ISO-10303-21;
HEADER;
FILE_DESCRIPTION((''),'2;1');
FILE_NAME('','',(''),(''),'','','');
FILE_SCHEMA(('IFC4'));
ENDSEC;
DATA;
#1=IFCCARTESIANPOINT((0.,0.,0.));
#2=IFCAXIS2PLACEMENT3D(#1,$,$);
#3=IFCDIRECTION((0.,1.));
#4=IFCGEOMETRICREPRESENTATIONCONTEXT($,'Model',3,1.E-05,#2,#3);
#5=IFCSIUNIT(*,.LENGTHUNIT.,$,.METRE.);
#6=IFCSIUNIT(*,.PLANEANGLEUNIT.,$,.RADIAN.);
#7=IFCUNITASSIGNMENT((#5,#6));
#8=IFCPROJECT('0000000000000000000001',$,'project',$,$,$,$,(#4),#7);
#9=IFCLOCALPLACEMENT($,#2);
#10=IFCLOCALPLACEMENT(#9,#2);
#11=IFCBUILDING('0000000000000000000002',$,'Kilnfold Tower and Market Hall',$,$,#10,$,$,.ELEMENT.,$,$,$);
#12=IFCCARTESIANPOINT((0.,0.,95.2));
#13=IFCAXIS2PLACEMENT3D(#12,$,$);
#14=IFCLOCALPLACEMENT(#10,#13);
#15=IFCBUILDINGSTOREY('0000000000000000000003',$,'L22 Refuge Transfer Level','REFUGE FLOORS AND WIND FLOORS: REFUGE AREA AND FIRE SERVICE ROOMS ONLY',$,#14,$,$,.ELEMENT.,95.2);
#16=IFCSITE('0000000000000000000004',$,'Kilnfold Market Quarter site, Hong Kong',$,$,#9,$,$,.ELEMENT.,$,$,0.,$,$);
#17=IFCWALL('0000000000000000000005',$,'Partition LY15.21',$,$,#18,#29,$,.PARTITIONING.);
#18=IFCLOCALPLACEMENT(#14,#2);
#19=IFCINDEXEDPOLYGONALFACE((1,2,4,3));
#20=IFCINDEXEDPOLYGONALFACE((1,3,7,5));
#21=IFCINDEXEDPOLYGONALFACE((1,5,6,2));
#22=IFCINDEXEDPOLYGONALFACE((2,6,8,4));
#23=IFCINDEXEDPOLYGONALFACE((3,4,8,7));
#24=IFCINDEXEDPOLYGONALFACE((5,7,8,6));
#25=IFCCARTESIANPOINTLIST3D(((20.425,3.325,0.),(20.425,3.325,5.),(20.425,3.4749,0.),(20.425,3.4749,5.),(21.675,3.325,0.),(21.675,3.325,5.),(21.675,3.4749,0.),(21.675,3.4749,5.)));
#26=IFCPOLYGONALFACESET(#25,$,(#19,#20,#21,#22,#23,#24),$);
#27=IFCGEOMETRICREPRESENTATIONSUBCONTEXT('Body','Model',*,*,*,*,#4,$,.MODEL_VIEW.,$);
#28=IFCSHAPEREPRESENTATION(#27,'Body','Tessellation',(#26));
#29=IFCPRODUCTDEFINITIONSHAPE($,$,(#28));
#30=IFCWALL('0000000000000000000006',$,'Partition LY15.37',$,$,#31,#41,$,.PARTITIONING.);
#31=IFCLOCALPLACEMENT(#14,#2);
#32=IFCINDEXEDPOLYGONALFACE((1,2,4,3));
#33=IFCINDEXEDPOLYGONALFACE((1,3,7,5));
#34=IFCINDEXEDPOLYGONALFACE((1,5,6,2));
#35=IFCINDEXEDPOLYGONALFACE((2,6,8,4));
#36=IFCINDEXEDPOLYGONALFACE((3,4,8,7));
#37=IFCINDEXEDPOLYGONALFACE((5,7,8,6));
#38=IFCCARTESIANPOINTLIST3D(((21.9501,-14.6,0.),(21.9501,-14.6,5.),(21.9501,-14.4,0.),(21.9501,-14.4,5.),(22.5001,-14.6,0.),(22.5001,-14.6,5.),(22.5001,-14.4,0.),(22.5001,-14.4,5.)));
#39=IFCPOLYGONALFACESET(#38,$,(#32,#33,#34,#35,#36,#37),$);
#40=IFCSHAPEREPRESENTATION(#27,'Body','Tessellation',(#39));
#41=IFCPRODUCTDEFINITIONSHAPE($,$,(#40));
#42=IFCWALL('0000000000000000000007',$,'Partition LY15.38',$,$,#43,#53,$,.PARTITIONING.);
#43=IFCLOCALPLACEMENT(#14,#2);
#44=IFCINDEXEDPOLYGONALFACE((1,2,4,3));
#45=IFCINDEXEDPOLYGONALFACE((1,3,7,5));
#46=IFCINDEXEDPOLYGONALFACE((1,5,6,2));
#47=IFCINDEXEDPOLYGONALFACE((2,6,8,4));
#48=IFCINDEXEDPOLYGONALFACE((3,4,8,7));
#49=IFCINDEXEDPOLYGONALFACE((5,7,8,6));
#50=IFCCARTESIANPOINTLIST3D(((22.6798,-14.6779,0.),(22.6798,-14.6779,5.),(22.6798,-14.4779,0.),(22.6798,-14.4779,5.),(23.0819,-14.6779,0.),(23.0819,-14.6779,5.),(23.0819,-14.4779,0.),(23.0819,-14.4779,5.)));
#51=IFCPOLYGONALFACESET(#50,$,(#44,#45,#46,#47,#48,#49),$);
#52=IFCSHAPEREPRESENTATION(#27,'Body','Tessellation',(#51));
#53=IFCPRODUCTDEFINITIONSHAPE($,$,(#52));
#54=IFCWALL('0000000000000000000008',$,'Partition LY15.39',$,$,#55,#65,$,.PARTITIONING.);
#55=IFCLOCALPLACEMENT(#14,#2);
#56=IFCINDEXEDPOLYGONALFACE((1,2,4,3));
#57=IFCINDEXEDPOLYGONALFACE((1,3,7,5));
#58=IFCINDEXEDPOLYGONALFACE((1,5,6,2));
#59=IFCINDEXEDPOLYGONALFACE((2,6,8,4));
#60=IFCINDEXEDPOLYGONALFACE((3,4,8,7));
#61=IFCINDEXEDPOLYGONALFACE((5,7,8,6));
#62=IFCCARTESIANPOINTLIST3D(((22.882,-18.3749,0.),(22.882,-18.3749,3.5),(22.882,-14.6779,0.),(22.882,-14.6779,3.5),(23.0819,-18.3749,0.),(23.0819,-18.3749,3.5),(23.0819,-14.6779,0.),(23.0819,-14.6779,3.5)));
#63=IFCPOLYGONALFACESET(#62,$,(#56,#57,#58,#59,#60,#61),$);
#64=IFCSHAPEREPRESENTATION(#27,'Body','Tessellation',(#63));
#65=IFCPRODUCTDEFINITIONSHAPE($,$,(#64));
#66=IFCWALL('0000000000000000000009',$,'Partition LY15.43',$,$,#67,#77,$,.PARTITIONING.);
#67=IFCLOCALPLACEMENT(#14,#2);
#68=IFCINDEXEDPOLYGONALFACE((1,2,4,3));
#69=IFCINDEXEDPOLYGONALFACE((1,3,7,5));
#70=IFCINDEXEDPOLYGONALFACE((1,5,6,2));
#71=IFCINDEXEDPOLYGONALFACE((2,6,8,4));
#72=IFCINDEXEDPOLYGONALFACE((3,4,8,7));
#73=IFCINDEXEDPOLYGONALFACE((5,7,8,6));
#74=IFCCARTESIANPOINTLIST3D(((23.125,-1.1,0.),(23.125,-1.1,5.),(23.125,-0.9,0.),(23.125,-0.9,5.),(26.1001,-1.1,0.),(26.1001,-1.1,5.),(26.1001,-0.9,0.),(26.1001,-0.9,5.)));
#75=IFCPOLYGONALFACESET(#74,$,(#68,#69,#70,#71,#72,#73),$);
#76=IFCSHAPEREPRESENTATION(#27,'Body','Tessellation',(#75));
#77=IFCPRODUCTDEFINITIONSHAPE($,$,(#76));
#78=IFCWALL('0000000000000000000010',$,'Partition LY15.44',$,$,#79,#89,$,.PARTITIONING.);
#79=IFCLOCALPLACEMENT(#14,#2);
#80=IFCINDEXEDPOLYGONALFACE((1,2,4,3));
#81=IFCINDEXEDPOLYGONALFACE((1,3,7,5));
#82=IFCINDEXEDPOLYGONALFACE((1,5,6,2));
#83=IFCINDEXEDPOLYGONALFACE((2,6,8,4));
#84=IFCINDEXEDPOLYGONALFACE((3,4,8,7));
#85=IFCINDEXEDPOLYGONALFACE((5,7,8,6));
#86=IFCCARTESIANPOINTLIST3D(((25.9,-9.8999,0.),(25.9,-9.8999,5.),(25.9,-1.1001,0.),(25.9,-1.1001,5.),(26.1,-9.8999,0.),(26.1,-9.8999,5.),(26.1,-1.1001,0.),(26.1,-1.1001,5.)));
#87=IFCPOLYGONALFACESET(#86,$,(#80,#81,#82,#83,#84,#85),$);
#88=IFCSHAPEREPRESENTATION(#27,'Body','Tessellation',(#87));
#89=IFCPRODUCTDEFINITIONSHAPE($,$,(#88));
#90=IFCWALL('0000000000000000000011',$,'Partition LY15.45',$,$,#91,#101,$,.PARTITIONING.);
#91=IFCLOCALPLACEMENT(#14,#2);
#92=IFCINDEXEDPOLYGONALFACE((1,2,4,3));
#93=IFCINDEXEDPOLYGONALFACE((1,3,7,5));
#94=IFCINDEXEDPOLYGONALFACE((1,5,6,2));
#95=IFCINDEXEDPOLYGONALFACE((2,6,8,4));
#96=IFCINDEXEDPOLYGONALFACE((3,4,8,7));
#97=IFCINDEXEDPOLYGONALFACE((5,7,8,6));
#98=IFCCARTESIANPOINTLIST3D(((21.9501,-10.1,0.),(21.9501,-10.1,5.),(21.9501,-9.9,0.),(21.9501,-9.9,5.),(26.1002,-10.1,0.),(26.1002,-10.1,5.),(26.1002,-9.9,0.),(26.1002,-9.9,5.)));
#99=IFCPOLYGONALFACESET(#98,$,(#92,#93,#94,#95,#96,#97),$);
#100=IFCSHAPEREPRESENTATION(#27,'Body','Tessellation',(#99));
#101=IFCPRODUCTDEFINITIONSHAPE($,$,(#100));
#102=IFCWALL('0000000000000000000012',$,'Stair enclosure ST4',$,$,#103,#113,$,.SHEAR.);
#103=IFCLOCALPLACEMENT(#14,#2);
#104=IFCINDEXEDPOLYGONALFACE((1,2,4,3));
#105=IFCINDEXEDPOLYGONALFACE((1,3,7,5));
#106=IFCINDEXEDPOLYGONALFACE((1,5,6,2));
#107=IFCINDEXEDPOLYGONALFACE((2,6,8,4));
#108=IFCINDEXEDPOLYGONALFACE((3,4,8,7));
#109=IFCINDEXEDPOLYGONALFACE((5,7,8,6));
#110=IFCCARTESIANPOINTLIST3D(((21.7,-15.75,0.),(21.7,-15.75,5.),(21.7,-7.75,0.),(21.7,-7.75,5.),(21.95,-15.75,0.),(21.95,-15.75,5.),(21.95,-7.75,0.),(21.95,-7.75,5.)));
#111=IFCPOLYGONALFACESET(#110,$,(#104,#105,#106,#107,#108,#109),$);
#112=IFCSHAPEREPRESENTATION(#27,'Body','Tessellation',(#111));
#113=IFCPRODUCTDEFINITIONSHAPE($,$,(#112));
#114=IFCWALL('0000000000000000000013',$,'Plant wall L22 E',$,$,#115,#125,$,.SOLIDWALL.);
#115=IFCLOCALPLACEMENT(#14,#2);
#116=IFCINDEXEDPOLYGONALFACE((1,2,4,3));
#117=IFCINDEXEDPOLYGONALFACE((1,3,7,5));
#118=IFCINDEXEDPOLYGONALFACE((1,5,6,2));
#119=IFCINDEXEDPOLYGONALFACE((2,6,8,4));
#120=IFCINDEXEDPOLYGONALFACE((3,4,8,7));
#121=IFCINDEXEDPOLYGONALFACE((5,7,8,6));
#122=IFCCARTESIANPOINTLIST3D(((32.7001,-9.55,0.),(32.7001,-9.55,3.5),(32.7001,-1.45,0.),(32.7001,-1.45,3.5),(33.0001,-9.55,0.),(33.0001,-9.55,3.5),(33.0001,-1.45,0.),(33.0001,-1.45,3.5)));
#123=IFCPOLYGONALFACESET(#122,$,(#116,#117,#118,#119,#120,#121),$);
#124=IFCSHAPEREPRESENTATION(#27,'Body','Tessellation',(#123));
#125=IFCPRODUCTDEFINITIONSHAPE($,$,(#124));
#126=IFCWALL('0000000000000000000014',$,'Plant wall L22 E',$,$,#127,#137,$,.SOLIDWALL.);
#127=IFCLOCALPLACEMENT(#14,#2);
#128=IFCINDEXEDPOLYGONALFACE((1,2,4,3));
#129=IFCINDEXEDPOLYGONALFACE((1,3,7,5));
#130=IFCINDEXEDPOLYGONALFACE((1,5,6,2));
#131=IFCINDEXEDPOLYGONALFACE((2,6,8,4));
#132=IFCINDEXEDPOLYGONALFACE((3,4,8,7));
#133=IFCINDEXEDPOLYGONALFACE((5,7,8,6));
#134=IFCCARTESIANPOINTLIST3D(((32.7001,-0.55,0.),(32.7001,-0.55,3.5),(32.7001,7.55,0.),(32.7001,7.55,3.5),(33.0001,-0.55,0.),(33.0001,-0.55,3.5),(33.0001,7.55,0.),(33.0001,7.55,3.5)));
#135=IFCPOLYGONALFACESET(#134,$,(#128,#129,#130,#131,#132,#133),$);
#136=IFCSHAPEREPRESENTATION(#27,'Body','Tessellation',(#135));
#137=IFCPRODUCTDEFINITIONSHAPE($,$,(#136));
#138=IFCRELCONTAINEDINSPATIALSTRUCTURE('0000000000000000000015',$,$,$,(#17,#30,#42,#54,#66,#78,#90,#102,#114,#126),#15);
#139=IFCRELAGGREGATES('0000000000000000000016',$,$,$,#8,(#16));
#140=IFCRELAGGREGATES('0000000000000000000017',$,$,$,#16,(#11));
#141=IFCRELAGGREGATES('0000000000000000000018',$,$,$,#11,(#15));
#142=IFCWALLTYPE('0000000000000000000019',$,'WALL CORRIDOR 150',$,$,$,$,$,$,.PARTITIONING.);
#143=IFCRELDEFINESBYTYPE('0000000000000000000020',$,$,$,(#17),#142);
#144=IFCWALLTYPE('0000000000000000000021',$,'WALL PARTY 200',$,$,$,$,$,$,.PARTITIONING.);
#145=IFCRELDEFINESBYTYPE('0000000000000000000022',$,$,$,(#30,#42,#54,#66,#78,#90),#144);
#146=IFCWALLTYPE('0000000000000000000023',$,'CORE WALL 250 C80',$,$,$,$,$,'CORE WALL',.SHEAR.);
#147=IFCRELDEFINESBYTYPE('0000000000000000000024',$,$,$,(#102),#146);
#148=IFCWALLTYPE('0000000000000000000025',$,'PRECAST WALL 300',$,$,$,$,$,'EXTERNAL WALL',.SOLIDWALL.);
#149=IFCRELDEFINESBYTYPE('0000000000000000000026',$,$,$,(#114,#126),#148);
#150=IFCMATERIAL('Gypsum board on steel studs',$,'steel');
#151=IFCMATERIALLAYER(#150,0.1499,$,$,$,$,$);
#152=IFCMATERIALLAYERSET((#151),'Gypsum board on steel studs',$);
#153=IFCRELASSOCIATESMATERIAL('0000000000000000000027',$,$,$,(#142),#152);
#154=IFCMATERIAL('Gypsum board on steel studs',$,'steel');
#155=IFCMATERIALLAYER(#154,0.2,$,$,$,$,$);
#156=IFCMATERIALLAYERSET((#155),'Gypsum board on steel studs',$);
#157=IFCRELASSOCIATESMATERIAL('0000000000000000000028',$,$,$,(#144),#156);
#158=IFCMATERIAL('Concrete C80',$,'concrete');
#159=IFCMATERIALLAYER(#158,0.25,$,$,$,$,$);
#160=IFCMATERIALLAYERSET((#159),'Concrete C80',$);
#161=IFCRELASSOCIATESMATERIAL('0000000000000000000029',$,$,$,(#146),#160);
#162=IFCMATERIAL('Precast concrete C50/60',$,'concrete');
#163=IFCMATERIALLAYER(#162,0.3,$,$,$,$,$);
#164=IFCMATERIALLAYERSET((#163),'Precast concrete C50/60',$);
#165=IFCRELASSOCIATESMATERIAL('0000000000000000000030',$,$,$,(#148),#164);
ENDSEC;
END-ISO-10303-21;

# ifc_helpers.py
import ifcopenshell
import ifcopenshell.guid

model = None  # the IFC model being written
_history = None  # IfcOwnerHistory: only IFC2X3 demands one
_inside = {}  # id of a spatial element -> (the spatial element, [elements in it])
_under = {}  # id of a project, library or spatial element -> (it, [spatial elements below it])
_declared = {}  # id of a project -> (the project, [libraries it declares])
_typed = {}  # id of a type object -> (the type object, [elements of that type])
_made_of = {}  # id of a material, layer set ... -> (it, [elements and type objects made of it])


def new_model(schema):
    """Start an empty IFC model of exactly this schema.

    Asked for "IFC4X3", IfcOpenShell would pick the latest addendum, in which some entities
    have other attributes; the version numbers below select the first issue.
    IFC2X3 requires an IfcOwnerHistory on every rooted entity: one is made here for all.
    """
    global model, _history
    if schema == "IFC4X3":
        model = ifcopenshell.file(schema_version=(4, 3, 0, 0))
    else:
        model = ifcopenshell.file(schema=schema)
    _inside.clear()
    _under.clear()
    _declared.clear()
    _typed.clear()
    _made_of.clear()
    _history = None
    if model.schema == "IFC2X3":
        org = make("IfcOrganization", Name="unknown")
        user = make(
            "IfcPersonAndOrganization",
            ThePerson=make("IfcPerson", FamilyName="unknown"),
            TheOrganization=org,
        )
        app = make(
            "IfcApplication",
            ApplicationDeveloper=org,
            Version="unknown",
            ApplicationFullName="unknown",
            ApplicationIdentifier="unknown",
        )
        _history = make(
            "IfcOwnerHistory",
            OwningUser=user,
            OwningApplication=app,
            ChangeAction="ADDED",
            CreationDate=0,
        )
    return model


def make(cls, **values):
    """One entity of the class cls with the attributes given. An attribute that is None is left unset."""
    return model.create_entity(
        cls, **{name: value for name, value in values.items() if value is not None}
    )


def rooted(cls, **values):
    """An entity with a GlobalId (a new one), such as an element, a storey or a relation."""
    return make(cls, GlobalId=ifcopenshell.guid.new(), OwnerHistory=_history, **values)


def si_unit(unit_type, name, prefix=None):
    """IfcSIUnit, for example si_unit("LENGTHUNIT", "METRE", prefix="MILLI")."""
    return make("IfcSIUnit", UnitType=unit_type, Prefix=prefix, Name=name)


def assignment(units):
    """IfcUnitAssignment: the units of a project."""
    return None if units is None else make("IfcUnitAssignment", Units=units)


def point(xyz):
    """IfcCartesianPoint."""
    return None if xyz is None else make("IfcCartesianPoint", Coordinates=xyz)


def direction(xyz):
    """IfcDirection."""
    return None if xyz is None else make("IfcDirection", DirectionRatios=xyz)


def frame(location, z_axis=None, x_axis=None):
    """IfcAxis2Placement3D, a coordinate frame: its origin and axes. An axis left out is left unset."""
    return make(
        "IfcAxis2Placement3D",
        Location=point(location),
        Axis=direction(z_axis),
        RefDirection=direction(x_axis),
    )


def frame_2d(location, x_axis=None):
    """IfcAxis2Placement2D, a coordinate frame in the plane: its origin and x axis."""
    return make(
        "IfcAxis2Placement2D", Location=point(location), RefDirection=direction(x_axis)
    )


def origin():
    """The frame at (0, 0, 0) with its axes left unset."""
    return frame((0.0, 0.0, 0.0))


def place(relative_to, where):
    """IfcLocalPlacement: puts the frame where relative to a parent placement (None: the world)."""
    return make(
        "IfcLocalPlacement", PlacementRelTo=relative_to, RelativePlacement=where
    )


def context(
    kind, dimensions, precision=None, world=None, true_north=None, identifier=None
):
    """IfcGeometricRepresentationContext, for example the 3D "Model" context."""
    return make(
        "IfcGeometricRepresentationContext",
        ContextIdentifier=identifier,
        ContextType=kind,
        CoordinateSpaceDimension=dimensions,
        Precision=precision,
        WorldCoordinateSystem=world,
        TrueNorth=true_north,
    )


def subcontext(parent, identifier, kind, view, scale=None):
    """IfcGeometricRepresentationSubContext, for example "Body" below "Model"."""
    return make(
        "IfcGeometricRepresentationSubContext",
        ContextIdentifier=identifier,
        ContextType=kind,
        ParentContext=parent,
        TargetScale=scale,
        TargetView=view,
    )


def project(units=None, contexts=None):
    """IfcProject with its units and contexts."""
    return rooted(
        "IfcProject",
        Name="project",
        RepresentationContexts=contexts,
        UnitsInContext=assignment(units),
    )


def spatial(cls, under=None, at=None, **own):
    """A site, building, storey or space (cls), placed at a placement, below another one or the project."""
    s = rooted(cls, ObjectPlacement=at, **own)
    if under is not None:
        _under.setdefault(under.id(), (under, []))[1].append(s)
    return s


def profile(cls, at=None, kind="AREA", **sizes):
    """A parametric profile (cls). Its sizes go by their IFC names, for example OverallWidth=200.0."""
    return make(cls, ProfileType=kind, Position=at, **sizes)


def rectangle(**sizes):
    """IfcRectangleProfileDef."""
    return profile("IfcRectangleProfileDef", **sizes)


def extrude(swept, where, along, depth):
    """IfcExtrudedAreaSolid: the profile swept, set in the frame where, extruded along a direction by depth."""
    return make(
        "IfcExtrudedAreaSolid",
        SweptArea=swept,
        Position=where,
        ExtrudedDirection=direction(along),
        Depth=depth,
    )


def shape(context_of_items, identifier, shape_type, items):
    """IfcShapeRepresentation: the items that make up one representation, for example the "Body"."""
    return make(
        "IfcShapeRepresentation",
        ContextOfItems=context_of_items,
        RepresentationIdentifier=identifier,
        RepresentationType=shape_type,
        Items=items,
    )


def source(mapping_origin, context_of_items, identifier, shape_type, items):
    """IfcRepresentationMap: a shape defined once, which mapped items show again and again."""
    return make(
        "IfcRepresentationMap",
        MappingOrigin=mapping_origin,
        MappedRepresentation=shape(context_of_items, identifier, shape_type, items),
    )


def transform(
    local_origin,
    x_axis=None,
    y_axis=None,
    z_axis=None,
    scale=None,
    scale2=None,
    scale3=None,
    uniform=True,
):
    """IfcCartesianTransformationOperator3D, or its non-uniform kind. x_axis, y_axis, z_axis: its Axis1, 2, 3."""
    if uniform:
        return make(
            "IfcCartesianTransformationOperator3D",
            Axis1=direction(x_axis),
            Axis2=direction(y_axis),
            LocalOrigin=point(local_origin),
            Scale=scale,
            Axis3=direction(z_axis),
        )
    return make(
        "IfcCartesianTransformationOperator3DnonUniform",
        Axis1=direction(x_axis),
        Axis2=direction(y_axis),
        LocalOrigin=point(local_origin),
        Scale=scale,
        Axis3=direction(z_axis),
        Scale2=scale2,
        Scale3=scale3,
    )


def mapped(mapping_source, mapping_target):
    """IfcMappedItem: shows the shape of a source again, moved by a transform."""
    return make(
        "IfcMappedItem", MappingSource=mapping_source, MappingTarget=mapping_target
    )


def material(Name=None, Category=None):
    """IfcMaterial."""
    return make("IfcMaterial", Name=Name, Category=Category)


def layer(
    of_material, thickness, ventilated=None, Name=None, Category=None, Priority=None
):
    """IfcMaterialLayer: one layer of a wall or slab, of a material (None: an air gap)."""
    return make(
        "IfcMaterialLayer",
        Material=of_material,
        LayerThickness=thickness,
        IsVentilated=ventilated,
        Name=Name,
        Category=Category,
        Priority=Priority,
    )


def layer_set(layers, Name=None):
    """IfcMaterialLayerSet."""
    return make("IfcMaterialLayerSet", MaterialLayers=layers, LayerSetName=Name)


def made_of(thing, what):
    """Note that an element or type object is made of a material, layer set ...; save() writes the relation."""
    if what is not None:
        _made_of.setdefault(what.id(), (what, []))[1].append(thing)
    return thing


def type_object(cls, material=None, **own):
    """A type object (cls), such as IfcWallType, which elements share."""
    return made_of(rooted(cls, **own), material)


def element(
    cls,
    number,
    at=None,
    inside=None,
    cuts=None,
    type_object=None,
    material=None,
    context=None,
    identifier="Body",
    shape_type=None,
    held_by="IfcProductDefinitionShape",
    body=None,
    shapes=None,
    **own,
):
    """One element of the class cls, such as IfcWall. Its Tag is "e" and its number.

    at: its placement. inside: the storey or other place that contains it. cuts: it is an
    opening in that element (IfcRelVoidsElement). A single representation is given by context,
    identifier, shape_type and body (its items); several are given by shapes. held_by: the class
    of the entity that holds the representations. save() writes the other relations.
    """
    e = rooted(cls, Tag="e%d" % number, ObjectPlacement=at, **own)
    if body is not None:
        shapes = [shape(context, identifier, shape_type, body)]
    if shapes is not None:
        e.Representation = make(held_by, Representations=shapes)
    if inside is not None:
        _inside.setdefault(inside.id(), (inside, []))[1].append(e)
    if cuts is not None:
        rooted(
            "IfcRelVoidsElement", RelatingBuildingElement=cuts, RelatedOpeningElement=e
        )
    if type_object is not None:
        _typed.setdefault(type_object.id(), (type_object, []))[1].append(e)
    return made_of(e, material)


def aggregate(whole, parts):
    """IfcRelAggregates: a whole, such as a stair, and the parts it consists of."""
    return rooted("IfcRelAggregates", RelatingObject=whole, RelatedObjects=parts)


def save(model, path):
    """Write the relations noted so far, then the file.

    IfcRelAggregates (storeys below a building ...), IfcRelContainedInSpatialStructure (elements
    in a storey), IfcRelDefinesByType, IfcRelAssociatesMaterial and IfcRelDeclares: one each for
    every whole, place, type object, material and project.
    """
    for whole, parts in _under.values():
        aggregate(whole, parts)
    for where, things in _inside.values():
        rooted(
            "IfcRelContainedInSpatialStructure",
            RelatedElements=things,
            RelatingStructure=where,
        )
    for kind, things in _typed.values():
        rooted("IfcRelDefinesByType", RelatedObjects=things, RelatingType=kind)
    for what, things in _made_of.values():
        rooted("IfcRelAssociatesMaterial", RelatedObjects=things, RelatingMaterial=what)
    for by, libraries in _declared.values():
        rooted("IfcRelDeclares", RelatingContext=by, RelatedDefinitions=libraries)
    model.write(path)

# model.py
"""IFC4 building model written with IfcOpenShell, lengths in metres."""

from ifc_helpers import new_model, si_unit, direction, frame, frame_2d, origin, place, context, subcontext, project, spatial, rectangle, extrude, source, transform, mapped, material, layer, layer_set, type_object, element, save


model = new_model("IFC4")

# Units and contexts
model_context = context("Model", 3, precision=1e-05, world=origin(), true_north=direction((0.0, 1.0)))
body_context = subcontext(model_context, "Body", "Model", "MODEL_VIEW")
ifc_project = project(units=[si_unit("LENGTHUNIT", "METRE"), si_unit("PLANEANGLEUNIT", "RADIAN")], contexts=[model_context])

# Site, building, storey
site_placement = place(None, origin())
site = spatial("IfcSite", under=ifc_project, at=site_placement, Name="Kilnfold Market Quarter site, Hong Kong", CompositionType="ELEMENT", RefElevation=0.0)
building_placement = place(site_placement, origin())
building = spatial("IfcBuilding", under=site, at=building_placement, Name="Kilnfold Tower and Market Hall", CompositionType="ELEMENT")
storey_placement = place(building_placement, frame((0.0, 0.0, 95.2)))
storey = spatial("IfcBuildingStorey", under=building, at=storey_placement, Name="L22 Refuge Transfer Level", Description="REFUGE FLOORS AND WIND FLOORS: REFUGE AREA AND FIRE SERVICE ROOMS ONLY", CompositionType="ELEMENT", Elevation=95.2)

# Shared definitions
ifc_material_1 = material(Name="Gypsum board on steel studs", Category="steel")
ifc_layer_1 = layer(ifc_material_1, 0.1499)
ifc_layer_set_1 = layer_set([ifc_layer_1], Name="Gypsum board on steel studs")
wall_type_1 = type_object("IfcWallType", Name="WALL CORRIDOR 150", PredefinedType="PARTITIONING", material=ifc_layer_set_1)

# Walls
wall_1_placement = place(storey_placement, frame((21.675, 3.3999, 0.0), z_axis=(0.0, 0.0, 1.0), x_axis=(-1.0, 0.0, 0.0)))
element("IfcWall", 1, at=wall_1_placement, inside=storey, type_object=wall_type_1, Name="Partition LY15.21", PredefinedType="PARTITIONING", context=body_context, shape_type="SweptSolid", body=[
    extrude(rectangle(XDim=1.25, YDim=0.1499, at=frame_2d((0.625, 0.0))), origin(), (0.0, 0.0, 1.0), 5.0),
])
ifc_material_2 = material(Name="Gypsum board on steel studs", Category="steel")
ifc_layer_2 = layer(ifc_material_2, 0.2)
ifc_layer_set_2 = layer_set([ifc_layer_2], Name="Gypsum board on steel studs")
wall_type_2 = type_object("IfcWallType", Name="WALL PARTY 200", PredefinedType="PARTITIONING", material=ifc_layer_set_2)
wall_2_placement = place(storey_placement, frame((22.5, -14.5, 0.0), z_axis=(0.0, 0.0, 1.0), x_axis=(-1.0, 0.0, 0.0)))
element("IfcWall", 2, at=wall_2_placement, inside=storey, type_object=wall_type_2, Name="Partition LY15.37", PredefinedType="PARTITIONING", context=body_context, shape_type="SweptSolid", body=[
    extrude(rectangle(XDim=0.55, YDim=0.2, at=frame_2d((0.2749, 0.0))), origin(), (0.0, 0.0, 1.0), 5.0),
])
wall_3_placement = place(storey_placement, frame((23.082, -14.5779, 0.0), z_axis=(0.0, 0.0, 1.0), x_axis=(-1.0, 0.0, 0.0)))
element("IfcWall", 3, at=wall_3_placement, inside=storey, type_object=wall_type_2, Name="Partition LY15.38", PredefinedType="PARTITIONING", context=body_context, shape_type="SweptSolid", body=[
    extrude(rectangle(XDim=0.4021, YDim=0.2, at=frame_2d((0.2012, 0.0))), origin(), (0.0, 0.0, 1.0), 5.0),
])
wall_4_placement = place(storey_placement, frame((22.9819, -18.375, 0.0), z_axis=(0.0, 0.0, 1.0), x_axis=(0.0, 1.0, 0.0)))
element("IfcWall", 4, at=wall_4_placement, inside=storey, type_object=wall_type_2, Name="Partition LY15.39", PredefinedType="PARTITIONING", context=body_context, shape_type="SweptSolid", body=[
    extrude(rectangle(XDim=3.697, YDim=0.2, at=frame_2d((1.8486, 0.0))), origin(), (0.0, 0.0, 1.0), 3.5),
])
wall_5_placement = place(storey_placement, frame((23.125, -1.0, 0.0), z_axis=(0.0, 0.0, 1.0), x_axis=(1.0, 0.0, 0.0)))
element("IfcWall", 5, at=wall_5_placement, inside=storey, type_object=wall_type_2, Name="Partition LY15.43", PredefinedType="PARTITIONING", context=body_context, shape_type="SweptSolid", body=[
    extrude(rectangle(XDim=2.9751, YDim=0.2, at=frame_2d((1.4875, 0.0))), origin(), (0.0, 0.0, 1.0), 5.0),
])
wall_6_placement = place(storey_placement, frame((26.0, -9.8999, 0.0), z_axis=(0.0, 0.0, 1.0), x_axis=(0.0, 1.0, 0.0)))
element("IfcWall", 6, at=wall_6_placement, inside=storey, type_object=wall_type_2, Name="Partition LY15.44", PredefinedType="PARTITIONING", context=body_context, shape_type="SweptSolid", body=[
    extrude(rectangle(XDim=8.7998, YDim=0.2, at=frame_2d((4.3999, 0.0))), origin(), (0.0, 0.0, 1.0), 5.0),
])
wall_7_placement = place(storey_placement, frame((21.95, -10.0, 0.0), z_axis=(0.0, 0.0, 1.0), x_axis=(1.0, 0.0, 0.0)))
element("IfcWall", 7, at=wall_7_placement, inside=storey, type_object=wall_type_2, Name="Partition LY15.45", PredefinedType="PARTITIONING", context=body_context, shape_type="SweptSolid", body=[
    extrude(rectangle(XDim=4.1501, YDim=0.2, at=frame_2d((2.0752, 0.0))), origin(), (0.0, 0.0, 1.0), 5.0),
])
ifc_material_3 = material(Name="Concrete C80", Category="concrete")
ifc_layer_3 = layer(ifc_material_3, 0.25)
ifc_layer_set_3 = layer_set([ifc_layer_3], Name="Concrete C80")
wall_type_3 = type_object("IfcWallType", Name="CORE WALL 250 C80", ElementType="CORE WALL", PredefinedType="SHEAR", material=ifc_layer_set_3)
shared_shape_1 = source(origin(), body_context, "Body", "SweptSolid", [
    extrude(rectangle(XDim=8.0, YDim=0.25, at=frame_2d((4.0, 0.0))), origin(), (0.0, 0.0, 1.0), 5.0),
])
wall_8_placement = place(storey_placement, frame((21.825, -15.75, 0.0), z_axis=(0.0, 0.0, 1.0), x_axis=(0.0, 1.0, 0.0)))
element("IfcWall", 8, at=wall_8_placement, inside=storey, type_object=wall_type_3, Name="Stair enclosure ST4", PredefinedType="SHEAR", context=body_context, shape_type="MappedRepresentation", body=[
    mapped(shared_shape_1, transform((0.0, 0.0, 0.0))),
])
ifc_material_4 = material(Name="Precast concrete C50/60", Category="concrete")
ifc_layer_4 = layer(ifc_material_4, 0.3)
ifc_layer_set_4 = layer_set([ifc_layer_4], Name="Precast concrete C50/60")
wall_type_4 = type_object("IfcWallType", Name="PRECAST WALL 300", ElementType="EXTERNAL WALL", PredefinedType="SOLIDWALL", material=ifc_layer_set_4)
shared_shape_2 = source(origin(), body_context, "Body", "SweptSolid", [
    extrude(rectangle(XDim=8.1001, YDim=0.3, at=frame_2d((4.05, 0.0))), origin(), (0.0, 0.0, 1.0), 3.5),
])
for number, where, z_axis, x_axis, name in (
    (9, (32.8501, -9.55, 0.0), (0.0, 0.0, 1.0), (0.0, 1.0, 0.0), "Plant wall L22 E"),
    (10, (32.8501, -0.55, 0.0), (0.0, 0.0, 1.0), (0.0, 1.0, 0.0), "Plant wall L22 E"),
):
    element("IfcWall", number, at=place(storey_placement, frame(where, z_axis=z_axis, x_axis=x_axis)), inside=storey, type_object=wall_type_4, Name=name, PredefinedType="SOLIDWALL", context=body_context, shape_type="MappedRepresentation", body=[
        mapped(shared_shape_2, transform((0.0, 0.0, 0.0))),
    ])

save(model, "model.ifc")
